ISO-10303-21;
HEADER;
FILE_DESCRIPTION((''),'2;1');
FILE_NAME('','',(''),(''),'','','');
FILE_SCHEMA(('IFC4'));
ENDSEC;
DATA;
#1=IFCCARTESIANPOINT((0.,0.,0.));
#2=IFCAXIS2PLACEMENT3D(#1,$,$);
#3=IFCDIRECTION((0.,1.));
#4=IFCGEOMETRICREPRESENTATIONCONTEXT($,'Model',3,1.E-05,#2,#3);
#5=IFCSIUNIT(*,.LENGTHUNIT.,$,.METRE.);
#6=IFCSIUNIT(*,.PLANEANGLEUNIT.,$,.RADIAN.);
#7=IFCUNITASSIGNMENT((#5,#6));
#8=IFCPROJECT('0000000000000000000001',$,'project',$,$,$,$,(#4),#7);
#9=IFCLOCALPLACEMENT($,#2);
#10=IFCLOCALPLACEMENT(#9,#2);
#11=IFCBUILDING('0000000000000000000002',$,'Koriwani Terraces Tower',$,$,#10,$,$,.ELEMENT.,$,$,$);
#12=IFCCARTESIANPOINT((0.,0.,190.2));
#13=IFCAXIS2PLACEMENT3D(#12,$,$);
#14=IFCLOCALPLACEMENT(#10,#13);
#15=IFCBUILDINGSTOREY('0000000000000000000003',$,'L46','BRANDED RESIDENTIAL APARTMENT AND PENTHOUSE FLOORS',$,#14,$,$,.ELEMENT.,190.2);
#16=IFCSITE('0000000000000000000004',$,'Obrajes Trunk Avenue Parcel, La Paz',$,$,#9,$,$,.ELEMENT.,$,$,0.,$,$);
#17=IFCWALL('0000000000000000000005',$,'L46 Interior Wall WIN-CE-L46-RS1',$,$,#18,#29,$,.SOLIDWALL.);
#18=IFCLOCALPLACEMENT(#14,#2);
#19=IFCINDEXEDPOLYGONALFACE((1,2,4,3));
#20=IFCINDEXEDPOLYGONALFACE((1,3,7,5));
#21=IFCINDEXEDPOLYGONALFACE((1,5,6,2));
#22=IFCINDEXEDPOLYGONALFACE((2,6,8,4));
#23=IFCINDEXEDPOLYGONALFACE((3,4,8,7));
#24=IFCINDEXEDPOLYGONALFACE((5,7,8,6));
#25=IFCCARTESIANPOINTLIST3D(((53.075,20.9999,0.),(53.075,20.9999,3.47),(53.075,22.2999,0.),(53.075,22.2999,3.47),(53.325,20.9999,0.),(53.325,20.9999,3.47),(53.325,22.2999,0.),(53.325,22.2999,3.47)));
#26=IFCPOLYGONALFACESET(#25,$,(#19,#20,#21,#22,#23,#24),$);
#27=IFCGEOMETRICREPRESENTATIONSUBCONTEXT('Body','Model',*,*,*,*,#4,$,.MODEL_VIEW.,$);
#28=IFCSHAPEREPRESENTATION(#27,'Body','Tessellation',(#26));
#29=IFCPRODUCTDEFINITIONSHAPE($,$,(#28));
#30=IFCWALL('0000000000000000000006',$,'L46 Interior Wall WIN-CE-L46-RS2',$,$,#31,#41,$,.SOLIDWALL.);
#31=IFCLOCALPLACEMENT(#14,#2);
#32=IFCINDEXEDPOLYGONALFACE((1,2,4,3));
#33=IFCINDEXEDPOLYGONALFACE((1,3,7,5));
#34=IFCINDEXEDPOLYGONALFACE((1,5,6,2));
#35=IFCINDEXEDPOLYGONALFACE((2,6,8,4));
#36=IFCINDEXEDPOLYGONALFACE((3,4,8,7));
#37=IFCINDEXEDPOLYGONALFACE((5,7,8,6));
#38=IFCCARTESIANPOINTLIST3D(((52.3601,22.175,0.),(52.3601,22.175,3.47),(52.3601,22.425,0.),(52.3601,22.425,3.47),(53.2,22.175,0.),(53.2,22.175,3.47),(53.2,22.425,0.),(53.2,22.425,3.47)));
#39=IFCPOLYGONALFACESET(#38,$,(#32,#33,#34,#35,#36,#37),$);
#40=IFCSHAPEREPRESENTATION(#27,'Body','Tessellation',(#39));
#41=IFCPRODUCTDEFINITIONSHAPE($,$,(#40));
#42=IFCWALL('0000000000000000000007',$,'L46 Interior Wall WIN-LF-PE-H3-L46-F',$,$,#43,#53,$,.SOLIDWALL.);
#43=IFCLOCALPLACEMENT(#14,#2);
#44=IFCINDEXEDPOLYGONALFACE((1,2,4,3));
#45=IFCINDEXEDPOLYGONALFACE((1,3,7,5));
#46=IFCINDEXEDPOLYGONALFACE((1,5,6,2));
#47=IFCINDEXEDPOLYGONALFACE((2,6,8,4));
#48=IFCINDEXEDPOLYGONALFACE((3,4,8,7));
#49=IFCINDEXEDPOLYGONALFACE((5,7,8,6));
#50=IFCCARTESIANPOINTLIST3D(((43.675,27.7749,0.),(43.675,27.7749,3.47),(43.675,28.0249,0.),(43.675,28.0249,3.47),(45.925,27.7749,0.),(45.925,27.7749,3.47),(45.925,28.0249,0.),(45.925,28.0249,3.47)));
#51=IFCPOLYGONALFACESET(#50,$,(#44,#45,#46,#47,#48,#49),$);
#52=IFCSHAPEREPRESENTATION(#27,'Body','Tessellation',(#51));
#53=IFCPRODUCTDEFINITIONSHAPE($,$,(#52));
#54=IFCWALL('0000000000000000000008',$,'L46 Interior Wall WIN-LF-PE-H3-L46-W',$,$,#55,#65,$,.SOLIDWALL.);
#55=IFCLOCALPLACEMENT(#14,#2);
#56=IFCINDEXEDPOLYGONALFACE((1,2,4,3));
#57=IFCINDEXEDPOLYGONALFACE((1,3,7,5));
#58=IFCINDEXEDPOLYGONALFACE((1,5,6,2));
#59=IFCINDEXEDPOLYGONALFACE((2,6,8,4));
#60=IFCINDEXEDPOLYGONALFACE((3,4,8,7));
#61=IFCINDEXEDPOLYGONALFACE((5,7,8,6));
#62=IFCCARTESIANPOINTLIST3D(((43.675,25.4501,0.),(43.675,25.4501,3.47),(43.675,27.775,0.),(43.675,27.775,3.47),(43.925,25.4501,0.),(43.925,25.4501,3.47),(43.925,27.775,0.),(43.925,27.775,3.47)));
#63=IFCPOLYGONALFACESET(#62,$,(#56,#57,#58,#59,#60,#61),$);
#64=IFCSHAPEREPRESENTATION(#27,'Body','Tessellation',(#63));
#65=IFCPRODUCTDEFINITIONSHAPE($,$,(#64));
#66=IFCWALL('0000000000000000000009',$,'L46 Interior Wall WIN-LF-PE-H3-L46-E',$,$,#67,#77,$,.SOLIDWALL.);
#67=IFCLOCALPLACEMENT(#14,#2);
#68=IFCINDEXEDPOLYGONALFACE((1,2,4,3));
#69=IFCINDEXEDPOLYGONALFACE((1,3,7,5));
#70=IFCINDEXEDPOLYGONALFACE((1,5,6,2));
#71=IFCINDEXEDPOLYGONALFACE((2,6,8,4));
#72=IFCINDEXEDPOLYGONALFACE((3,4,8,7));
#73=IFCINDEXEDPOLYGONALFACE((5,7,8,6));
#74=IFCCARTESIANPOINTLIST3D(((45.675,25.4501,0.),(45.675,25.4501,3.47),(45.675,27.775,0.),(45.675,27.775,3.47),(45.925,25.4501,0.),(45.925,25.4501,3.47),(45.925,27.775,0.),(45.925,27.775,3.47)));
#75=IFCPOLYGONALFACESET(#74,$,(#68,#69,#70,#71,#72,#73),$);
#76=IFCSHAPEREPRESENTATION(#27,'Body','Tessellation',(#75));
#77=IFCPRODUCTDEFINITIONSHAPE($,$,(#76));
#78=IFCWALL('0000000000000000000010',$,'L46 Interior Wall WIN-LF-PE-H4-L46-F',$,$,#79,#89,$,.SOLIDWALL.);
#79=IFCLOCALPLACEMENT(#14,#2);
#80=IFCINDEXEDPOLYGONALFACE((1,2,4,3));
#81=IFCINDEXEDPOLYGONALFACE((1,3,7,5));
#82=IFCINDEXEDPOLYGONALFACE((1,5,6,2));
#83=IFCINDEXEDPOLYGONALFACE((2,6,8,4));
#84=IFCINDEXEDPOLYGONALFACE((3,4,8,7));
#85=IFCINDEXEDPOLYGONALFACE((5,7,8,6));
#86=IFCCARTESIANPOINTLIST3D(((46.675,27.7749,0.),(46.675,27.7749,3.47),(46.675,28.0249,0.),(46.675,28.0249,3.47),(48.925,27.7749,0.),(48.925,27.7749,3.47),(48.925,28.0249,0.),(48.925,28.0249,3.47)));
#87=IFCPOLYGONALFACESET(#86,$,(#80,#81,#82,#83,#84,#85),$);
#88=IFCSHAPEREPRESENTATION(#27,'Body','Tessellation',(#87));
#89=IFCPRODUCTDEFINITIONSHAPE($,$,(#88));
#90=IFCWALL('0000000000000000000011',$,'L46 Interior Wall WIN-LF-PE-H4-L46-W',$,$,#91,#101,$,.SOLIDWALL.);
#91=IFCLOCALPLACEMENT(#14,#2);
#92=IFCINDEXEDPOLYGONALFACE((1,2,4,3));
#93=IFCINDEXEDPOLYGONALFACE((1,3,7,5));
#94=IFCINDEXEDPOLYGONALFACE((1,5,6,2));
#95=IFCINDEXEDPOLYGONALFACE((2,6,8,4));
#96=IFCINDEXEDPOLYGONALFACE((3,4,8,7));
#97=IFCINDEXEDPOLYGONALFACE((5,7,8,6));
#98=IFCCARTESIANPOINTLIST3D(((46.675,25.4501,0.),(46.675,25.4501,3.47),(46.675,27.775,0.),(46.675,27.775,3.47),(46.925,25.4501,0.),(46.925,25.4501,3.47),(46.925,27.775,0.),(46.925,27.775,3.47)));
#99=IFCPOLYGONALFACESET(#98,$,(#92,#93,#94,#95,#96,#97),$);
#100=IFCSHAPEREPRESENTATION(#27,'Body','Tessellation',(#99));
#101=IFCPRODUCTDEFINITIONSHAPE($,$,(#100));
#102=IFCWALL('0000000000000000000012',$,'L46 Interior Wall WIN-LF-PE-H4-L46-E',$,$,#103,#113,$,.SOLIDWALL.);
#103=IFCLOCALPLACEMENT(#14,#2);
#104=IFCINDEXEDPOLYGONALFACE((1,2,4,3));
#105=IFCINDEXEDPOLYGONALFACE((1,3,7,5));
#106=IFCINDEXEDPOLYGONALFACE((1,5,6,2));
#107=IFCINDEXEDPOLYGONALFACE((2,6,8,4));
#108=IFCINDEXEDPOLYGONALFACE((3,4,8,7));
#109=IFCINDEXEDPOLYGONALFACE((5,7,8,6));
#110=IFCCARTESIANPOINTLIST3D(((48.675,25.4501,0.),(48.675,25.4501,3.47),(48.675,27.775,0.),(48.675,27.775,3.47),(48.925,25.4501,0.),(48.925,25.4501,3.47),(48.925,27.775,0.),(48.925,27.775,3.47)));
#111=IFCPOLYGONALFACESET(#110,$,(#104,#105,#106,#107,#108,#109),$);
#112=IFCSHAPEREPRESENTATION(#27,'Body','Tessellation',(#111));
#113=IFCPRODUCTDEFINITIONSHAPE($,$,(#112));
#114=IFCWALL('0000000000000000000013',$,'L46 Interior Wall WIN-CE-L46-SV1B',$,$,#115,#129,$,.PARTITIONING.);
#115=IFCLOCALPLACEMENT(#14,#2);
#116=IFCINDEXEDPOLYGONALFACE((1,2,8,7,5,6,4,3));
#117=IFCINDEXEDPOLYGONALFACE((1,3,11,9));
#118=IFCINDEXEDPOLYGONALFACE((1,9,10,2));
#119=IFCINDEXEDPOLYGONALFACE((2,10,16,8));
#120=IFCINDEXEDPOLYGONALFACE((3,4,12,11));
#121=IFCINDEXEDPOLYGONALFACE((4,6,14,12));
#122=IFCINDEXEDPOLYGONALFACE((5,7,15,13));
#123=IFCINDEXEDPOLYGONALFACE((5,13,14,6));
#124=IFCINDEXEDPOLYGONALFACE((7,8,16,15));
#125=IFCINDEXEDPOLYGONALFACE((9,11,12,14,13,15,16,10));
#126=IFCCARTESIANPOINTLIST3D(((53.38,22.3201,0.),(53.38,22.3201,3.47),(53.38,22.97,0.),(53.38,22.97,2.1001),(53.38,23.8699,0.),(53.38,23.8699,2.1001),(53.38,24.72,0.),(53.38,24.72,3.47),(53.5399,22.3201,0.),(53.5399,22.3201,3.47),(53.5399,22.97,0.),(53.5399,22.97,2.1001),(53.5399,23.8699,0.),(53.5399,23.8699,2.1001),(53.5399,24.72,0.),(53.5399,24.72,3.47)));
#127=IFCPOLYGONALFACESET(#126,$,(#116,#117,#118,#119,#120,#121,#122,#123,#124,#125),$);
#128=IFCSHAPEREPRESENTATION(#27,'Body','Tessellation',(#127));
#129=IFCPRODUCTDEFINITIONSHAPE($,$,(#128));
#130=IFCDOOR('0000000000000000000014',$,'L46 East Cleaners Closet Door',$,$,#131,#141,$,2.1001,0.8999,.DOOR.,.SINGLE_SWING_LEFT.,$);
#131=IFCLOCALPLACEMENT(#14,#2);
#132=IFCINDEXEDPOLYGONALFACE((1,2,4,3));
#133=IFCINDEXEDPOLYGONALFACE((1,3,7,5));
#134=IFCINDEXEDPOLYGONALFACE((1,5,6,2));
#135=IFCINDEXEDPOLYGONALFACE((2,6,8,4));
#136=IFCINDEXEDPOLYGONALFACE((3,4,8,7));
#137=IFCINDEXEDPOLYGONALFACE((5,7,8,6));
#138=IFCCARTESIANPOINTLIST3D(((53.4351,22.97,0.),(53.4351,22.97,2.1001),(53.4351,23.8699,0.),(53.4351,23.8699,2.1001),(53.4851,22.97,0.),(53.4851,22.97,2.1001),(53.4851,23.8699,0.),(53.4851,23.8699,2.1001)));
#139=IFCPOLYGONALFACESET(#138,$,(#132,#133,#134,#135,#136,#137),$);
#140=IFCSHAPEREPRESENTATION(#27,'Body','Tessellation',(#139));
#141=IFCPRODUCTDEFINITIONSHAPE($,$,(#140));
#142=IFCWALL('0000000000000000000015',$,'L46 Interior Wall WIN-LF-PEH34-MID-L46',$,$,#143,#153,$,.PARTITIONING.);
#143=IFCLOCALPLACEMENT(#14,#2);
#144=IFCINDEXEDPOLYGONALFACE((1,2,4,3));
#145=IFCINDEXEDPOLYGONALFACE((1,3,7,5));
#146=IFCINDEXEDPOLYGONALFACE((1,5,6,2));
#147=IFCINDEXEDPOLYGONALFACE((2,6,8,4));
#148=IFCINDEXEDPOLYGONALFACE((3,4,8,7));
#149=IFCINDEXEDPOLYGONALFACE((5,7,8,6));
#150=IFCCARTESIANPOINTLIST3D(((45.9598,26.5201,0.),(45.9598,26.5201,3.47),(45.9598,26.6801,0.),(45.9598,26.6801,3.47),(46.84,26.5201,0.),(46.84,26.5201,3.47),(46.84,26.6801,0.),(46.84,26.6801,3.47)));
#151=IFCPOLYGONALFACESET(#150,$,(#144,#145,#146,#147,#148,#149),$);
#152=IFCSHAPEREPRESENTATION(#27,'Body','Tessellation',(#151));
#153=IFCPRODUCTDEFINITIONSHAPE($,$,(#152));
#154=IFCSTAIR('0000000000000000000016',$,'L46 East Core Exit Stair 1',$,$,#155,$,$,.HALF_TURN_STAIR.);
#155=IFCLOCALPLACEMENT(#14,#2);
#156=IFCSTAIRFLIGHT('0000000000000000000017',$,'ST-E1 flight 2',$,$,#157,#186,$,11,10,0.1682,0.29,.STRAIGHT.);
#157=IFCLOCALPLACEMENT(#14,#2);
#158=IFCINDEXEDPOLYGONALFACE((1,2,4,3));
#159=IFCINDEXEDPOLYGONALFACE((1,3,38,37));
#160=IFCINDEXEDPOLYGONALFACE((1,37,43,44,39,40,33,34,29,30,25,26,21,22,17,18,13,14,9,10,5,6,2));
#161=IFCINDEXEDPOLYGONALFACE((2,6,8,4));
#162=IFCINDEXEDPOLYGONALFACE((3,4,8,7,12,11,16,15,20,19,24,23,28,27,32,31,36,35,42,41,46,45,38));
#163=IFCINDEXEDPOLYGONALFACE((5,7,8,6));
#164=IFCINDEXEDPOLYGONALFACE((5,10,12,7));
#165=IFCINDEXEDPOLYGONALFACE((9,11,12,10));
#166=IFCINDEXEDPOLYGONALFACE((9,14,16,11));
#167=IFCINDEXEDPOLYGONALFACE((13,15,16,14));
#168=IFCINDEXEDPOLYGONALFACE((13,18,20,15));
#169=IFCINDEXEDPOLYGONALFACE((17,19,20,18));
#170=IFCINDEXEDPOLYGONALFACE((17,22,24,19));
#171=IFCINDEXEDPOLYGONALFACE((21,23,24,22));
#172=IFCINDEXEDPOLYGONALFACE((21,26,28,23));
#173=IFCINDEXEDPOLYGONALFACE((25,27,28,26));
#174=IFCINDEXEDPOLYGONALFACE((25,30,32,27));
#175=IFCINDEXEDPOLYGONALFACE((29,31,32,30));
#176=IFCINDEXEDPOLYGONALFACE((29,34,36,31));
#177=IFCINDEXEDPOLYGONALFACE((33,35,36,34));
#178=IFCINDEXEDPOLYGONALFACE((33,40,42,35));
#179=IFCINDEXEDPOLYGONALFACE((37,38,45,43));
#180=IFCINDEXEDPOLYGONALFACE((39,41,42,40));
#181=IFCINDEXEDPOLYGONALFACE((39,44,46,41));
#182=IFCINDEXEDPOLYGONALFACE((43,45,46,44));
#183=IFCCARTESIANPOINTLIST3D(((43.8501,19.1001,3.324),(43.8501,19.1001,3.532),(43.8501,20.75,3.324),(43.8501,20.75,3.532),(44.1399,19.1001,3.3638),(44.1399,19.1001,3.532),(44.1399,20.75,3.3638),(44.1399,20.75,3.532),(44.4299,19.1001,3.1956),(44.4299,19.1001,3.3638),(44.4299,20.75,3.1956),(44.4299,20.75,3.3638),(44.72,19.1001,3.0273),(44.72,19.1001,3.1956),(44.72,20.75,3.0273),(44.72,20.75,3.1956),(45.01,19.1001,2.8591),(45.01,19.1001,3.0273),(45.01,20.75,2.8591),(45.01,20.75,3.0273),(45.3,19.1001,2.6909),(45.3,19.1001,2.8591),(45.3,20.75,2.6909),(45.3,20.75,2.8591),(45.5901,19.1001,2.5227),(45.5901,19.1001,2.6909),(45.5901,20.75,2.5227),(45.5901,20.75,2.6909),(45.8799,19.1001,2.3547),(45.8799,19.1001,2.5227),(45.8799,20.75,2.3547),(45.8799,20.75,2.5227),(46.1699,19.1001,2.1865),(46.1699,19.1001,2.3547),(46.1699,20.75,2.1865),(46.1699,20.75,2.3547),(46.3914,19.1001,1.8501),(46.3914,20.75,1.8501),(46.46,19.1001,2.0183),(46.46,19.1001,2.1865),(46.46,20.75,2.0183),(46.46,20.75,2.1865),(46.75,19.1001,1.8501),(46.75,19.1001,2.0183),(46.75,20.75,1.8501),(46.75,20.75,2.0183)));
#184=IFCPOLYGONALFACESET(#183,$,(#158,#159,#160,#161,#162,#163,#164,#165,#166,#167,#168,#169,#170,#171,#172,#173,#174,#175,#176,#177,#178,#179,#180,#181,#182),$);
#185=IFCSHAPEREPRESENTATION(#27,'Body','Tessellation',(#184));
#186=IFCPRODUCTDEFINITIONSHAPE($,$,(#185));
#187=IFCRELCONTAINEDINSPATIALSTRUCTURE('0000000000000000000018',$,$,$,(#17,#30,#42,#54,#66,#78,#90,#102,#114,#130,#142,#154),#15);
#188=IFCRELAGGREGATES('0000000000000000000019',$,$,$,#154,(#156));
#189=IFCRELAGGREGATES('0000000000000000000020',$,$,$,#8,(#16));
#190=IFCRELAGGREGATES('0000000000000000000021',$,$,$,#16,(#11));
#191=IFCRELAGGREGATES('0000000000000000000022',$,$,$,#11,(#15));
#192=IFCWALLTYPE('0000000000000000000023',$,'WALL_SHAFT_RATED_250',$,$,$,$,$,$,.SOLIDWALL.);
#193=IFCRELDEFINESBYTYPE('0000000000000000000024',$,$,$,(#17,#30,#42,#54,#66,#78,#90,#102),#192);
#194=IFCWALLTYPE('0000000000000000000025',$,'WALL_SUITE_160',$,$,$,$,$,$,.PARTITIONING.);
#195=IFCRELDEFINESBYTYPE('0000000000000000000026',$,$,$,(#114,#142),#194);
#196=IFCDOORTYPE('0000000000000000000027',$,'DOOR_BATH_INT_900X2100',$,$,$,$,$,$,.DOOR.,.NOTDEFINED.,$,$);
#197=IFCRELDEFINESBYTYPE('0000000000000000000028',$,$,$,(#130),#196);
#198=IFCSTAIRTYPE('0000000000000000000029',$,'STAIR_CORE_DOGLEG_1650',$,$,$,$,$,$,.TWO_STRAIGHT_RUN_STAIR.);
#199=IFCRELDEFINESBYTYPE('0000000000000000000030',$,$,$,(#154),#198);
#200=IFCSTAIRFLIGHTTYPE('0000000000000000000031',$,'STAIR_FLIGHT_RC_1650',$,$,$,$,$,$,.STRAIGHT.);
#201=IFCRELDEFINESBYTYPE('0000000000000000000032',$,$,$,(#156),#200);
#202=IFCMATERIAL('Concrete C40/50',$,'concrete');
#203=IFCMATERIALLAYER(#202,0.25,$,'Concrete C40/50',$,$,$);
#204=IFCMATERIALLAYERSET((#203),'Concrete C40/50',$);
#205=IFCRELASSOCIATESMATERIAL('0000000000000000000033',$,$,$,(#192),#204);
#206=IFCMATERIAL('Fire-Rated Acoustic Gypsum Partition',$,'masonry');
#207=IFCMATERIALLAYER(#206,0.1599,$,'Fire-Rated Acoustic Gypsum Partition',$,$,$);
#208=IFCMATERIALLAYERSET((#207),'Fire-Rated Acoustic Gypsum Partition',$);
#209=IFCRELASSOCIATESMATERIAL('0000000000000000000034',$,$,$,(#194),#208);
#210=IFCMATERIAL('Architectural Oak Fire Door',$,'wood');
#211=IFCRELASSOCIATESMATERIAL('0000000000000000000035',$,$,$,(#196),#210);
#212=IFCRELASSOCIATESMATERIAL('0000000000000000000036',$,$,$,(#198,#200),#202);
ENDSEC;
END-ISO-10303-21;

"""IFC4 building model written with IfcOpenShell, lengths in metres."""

from ifc_helpers import new_model, si_unit, direction, frame, frame_2d, origin, place, context, subcontext, project, spatial, polyline, rectangle, outline, extrude, material, layer, layer_set, type_object, element, fill, aggregate, save


model = new_model("IFC4")

# Units and contexts
model_context = context("Model", 3, precision=1e-05, world=origin(), true_north=direction((0.0, 1.0)))
body_context = subcontext(model_context, "Body", "Model", "MODEL_VIEW")
ifc_project = project(units=[si_unit("LENGTHUNIT", "METRE"), si_unit("PLANEANGLEUNIT", "RADIAN")], contexts=[model_context])

# Site, building, storey
site_placement = place(None, origin())
site = spatial("IfcSite", under=ifc_project, at=site_placement, Name="Obrajes Trunk Avenue Parcel, La Paz", CompositionType="ELEMENT", RefElevation=0.0)
building_placement = place(site_placement, origin())
building = spatial("IfcBuilding", under=site, at=building_placement, Name="Koriwani Terraces Tower", CompositionType="ELEMENT")
storey_placement = place(building_placement, frame((0.0, 0.0, 190.2)))
storey = spatial("IfcBuildingStorey", under=building, at=storey_placement, Name="L46", Description="BRANDED RESIDENTIAL APARTMENT AND PENTHOUSE FLOORS", CompositionType="ELEMENT", Elevation=190.2)

# Shared definitions
ifc_material_1 = material(Name="Architectural Oak Fire Door", Category="wood")

# Shared definitions
ifc_material_2 = material(Name="Concrete C40/50", Category="concrete")
ifc_layer_1 = layer(ifc_material_2, 0.25, Name="Concrete C40/50")
ifc_layer_set_1 = layer_set([ifc_layer_1], Name="Concrete C40/50")
wall_type_1 = type_object("IfcWallType", Name="WALL_SHAFT_RATED_250", PredefinedType="SOLIDWALL", material=ifc_layer_set_1)

# Walls
wall_1_placement = place(storey_placement, frame((53.2, 21.0, 0.0), z_axis=(0.0, 0.0, 1.0), x_axis=(0.0, 1.0, 0.0)))
element("IfcWall", 1, at=wall_1_placement, inside=storey, type_object=wall_type_1, Name="L46 Interior Wall WIN-CE-L46-RS1", PredefinedType="SOLIDWALL", context=body_context, shape_type="SweptSolid", body=[
    extrude(rectangle(XDim=1.3, YDim=0.25, at=frame_2d((0.6499, 0.0))), origin(), (0.0, 0.0, 1.0), 3.47),
])
wall_2_placement = place(storey_placement, frame((52.3601, 22.3, 0.0), z_axis=(0.0, 0.0, 1.0), x_axis=(1.0, 0.0, 0.0)))
element("IfcWall", 2, at=wall_2_placement, inside=storey, type_object=wall_type_1, Name="L46 Interior Wall WIN-CE-L46-RS2", PredefinedType="SOLIDWALL", context=body_context, shape_type="SweptSolid", body=[
    extrude(rectangle(XDim=0.8398, YDim=0.25, at=frame_2d((0.4199, 0.0))), origin(), (0.0, 0.0, 1.0), 3.47),
])
wall_3_placement = place(storey_placement, frame((43.675, 27.8999, 0.0), z_axis=(0.0, 0.0, 1.0), x_axis=(1.0, 0.0, 0.0)))
element("IfcWall", 3, at=wall_3_placement, inside=storey, type_object=wall_type_1, Name="L46 Interior Wall WIN-LF-PE-H3-L46-F", PredefinedType="SOLIDWALL", context=body_context, shape_type="SweptSolid", body=[
    extrude(rectangle(XDim=2.25, YDim=0.25, at=frame_2d((1.125, 0.0))), origin(), (0.0, 0.0, 1.0), 3.47),
])
for number, where, z_axis, x_axis, name in (
    (4, (43.8, 25.45, 0.0), (0.0, 0.0, 1.0), (0.0, 1.0, 0.0), "L46 Interior Wall WIN-LF-PE-H3-L46-W"),
    (5, (45.8, 25.45, 0.0), (0.0, 0.0, 1.0), (0.0, 1.0, 0.0), "L46 Interior Wall WIN-LF-PE-H3-L46-E"),
):
    element("IfcWall", number, at=place(storey_placement, frame(where, z_axis=z_axis, x_axis=x_axis)), inside=storey, type_object=wall_type_1, Name=name, PredefinedType="SOLIDWALL", context=body_context, shape_type="SweptSolid", body=[
        extrude(rectangle(XDim=2.325, YDim=0.25, at=frame_2d((1.1626, 0.0))), origin(), (0.0, 0.0, 1.0), 3.47),
    ])
wall_4_placement = place(storey_placement, frame((46.675, 27.8999, 0.0), z_axis=(0.0, 0.0, 1.0), x_axis=(1.0, 0.0, 0.0)))
element("IfcWall", 6, at=wall_4_placement, inside=storey, type_object=wall_type_1, Name="L46 Interior Wall WIN-LF-PE-H4-L46-F", PredefinedType="SOLIDWALL", context=body_context, shape_type="SweptSolid", body=[
    extrude(rectangle(XDim=2.25, YDim=0.25, at=frame_2d((1.125, 0.0))), origin(), (0.0, 0.0, 1.0), 3.47),
])
for number, where, z_axis, x_axis, name in (
    (7, (46.8, 25.45, 0.0), (0.0, 0.0, 1.0), (0.0, 1.0, 0.0), "L46 Interior Wall WIN-LF-PE-H4-L46-W"),
    (8, (48.8, 25.45, 0.0), (0.0, 0.0, 1.0), (0.0, 1.0, 0.0), "L46 Interior Wall WIN-LF-PE-H4-L46-E"),
):
    element("IfcWall", number, at=place(storey_placement, frame(where, z_axis=z_axis, x_axis=x_axis)), inside=storey, type_object=wall_type_1, Name=name, PredefinedType="SOLIDWALL", context=body_context, shape_type="SweptSolid", body=[
        extrude(rectangle(XDim=2.325, YDim=0.25, at=frame_2d((1.1626, 0.0))), origin(), (0.0, 0.0, 1.0), 3.47),
    ])

# Wall, opening, door
ifc_material_3 = material(Name="Fire-Rated Acoustic Gypsum Partition", Category="masonry")
ifc_layer_2 = layer(ifc_material_3, 0.1599, Name="Fire-Rated Acoustic Gypsum Partition")
ifc_layer_set_2 = layer_set([ifc_layer_2], Name="Fire-Rated Acoustic Gypsum Partition")
wall_type_2 = type_object("IfcWallType", Name="WALL_SUITE_160", PredefinedType="PARTITIONING", material=ifc_layer_set_2)
wall_5_placement = place(storey_placement, frame((53.46, 22.3201, 0.0), z_axis=(0.0, 0.0, 1.0), x_axis=(0.0, 1.0, 0.0)))
wall_5 = element("IfcWall", 9, at=wall_5_placement, inside=storey, type_object=wall_type_2, Name="L46 Interior Wall WIN-CE-L46-SV1B", PredefinedType="PARTITIONING", context=body_context, shape_type="SweptSolid", body=[
    extrude(rectangle(XDim=2.3999, YDim=0.1599, at=frame_2d((1.2, 0.0))), origin(), (0.0, 0.0, 1.0), 3.47),
])
opening_1_placement = place(wall_5_placement, frame((0.6499, 0.0, 0.0)))
opening_1 = element("IfcOpeningElement", 10, at=opening_1_placement, cuts=wall_5, PredefinedType="OPENING", context=body_context, shape_type="SweptSolid", body=[
    extrude(rectangle(XDim=0.8999, YDim=2.1001, at=frame_2d((0.45, 1.05))), frame((0.0, 0.0898, 0.0), z_axis=(0.0, -1.0, 0.0), x_axis=(1.0, 0.0, 0.0)), (0.0, 0.0, 1.0), 0.1799),
])
door_type_1 = type_object("IfcDoorType", Name="DOOR_BATH_INT_900X2100", OperationType="NOTDEFINED", PredefinedType="DOOR", material=ifc_material_1)
door_1_placement = place(opening_1_placement, origin())
door_1 = element("IfcDoor", 11, at=door_1_placement, inside=storey, type_object=door_type_1, Name="L46 East Cleaners Closet Door", OperationType="SINGLE_SWING_LEFT", OverallHeight=2.1001, OverallWidth=0.8999, PredefinedType="DOOR", context=body_context, shape_type="SweptSolid", body=[
    extrude(rectangle(XDim=0.8999, YDim=2.1001, at=frame_2d((0.45, 1.05))), frame((0.0, 0.0249, 0.0), z_axis=(0.0, -1.0, 0.0), x_axis=(1.0, 0.0, 0.0)), (0.0, 0.0, 1.0), 0.05),
])
fill(opening_1, door_1)

# Wall
wall_6_placement = place(storey_placement, frame((45.96, 26.6001, 0.0), z_axis=(0.0, 0.0, 1.0), x_axis=(1.0, 0.0, 0.0)))
element("IfcWall", 12, at=wall_6_placement, inside=storey, type_object=wall_type_2, Name="L46 Interior Wall WIN-LF-PEH34-MID-L46", PredefinedType="PARTITIONING", context=body_context, shape_type="SweptSolid", body=[
    extrude(rectangle(XDim=0.8801, YDim=0.1599, at=frame_2d((0.4399, 0.0))), origin(), (0.0, 0.0, 1.0), 3.47),
])

# Stair, stair flight
stair_type = type_object("IfcStairType", Name="STAIR_CORE_DOGLEG_1650", PredefinedType="TWO_STRAIGHT_RUN_STAIR", material=ifc_material_2)
stair_placement = place(storey_placement, origin())
stair = element("IfcStair", 13, at=stair_placement, inside=storey, type_object=stair_type, Name="L46 East Core Exit Stair 1", PredefinedType="HALF_TURN_STAIR")
stair_flight_type = type_object("IfcStairFlightType", Name="STAIR_FLIGHT_RC_1650", PredefinedType="STRAIGHT", material=ifc_material_2)
stair_flight_placement = place(storey_placement, frame((46.75, 19.925, 1.8501), z_axis=(0.0, 0.0, 1.0), x_axis=(-1.0, 0.0, 0.0)))
stair_flight = element("IfcStairFlight", 14, at=stair_flight_placement, type_object=stair_flight_type, Name="ST-E1 flight 2", NumberOfRisers=11, NumberOfTreads=10, PredefinedType="STRAIGHT", RiserHeight=0.1682, TreadLength=0.29, context=body_context, shape_type="SweptSolid", body=[
    extrude(outline(polyline([(0.0, 0.0), (0.0, 0.1682), (0.29, 0.1682), (0.29, 0.3364), (0.5801, 0.3364), (0.5801, 0.5046), (0.8701, 0.5046), (0.8701, 0.6726), (1.1599, 0.6726), (1.1599, 0.8408), (1.45, 0.8408), (1.45, 1.009), (1.74, 1.009), (1.74, 1.1772), (2.03, 1.1772), (2.03, 1.3455), (2.3201, 1.3455), (2.3201, 1.5137), (2.6101, 1.5137), (2.6101, 1.6819), (2.8999, 1.6819), (2.8999, 1.8501), (2.8999, 1.4739), (0.3586, 0.0), (0.0, 0.0)])), frame((0.0, 0.825, 0.0), z_axis=(0.0, -1.0, 0.0), x_axis=(1.0, 0.0, 0.0)), (0.0, 0.0, 1.0), 1.6499),
])
aggregate(stair, [stair_flight])

save(model, "model.ifc")
